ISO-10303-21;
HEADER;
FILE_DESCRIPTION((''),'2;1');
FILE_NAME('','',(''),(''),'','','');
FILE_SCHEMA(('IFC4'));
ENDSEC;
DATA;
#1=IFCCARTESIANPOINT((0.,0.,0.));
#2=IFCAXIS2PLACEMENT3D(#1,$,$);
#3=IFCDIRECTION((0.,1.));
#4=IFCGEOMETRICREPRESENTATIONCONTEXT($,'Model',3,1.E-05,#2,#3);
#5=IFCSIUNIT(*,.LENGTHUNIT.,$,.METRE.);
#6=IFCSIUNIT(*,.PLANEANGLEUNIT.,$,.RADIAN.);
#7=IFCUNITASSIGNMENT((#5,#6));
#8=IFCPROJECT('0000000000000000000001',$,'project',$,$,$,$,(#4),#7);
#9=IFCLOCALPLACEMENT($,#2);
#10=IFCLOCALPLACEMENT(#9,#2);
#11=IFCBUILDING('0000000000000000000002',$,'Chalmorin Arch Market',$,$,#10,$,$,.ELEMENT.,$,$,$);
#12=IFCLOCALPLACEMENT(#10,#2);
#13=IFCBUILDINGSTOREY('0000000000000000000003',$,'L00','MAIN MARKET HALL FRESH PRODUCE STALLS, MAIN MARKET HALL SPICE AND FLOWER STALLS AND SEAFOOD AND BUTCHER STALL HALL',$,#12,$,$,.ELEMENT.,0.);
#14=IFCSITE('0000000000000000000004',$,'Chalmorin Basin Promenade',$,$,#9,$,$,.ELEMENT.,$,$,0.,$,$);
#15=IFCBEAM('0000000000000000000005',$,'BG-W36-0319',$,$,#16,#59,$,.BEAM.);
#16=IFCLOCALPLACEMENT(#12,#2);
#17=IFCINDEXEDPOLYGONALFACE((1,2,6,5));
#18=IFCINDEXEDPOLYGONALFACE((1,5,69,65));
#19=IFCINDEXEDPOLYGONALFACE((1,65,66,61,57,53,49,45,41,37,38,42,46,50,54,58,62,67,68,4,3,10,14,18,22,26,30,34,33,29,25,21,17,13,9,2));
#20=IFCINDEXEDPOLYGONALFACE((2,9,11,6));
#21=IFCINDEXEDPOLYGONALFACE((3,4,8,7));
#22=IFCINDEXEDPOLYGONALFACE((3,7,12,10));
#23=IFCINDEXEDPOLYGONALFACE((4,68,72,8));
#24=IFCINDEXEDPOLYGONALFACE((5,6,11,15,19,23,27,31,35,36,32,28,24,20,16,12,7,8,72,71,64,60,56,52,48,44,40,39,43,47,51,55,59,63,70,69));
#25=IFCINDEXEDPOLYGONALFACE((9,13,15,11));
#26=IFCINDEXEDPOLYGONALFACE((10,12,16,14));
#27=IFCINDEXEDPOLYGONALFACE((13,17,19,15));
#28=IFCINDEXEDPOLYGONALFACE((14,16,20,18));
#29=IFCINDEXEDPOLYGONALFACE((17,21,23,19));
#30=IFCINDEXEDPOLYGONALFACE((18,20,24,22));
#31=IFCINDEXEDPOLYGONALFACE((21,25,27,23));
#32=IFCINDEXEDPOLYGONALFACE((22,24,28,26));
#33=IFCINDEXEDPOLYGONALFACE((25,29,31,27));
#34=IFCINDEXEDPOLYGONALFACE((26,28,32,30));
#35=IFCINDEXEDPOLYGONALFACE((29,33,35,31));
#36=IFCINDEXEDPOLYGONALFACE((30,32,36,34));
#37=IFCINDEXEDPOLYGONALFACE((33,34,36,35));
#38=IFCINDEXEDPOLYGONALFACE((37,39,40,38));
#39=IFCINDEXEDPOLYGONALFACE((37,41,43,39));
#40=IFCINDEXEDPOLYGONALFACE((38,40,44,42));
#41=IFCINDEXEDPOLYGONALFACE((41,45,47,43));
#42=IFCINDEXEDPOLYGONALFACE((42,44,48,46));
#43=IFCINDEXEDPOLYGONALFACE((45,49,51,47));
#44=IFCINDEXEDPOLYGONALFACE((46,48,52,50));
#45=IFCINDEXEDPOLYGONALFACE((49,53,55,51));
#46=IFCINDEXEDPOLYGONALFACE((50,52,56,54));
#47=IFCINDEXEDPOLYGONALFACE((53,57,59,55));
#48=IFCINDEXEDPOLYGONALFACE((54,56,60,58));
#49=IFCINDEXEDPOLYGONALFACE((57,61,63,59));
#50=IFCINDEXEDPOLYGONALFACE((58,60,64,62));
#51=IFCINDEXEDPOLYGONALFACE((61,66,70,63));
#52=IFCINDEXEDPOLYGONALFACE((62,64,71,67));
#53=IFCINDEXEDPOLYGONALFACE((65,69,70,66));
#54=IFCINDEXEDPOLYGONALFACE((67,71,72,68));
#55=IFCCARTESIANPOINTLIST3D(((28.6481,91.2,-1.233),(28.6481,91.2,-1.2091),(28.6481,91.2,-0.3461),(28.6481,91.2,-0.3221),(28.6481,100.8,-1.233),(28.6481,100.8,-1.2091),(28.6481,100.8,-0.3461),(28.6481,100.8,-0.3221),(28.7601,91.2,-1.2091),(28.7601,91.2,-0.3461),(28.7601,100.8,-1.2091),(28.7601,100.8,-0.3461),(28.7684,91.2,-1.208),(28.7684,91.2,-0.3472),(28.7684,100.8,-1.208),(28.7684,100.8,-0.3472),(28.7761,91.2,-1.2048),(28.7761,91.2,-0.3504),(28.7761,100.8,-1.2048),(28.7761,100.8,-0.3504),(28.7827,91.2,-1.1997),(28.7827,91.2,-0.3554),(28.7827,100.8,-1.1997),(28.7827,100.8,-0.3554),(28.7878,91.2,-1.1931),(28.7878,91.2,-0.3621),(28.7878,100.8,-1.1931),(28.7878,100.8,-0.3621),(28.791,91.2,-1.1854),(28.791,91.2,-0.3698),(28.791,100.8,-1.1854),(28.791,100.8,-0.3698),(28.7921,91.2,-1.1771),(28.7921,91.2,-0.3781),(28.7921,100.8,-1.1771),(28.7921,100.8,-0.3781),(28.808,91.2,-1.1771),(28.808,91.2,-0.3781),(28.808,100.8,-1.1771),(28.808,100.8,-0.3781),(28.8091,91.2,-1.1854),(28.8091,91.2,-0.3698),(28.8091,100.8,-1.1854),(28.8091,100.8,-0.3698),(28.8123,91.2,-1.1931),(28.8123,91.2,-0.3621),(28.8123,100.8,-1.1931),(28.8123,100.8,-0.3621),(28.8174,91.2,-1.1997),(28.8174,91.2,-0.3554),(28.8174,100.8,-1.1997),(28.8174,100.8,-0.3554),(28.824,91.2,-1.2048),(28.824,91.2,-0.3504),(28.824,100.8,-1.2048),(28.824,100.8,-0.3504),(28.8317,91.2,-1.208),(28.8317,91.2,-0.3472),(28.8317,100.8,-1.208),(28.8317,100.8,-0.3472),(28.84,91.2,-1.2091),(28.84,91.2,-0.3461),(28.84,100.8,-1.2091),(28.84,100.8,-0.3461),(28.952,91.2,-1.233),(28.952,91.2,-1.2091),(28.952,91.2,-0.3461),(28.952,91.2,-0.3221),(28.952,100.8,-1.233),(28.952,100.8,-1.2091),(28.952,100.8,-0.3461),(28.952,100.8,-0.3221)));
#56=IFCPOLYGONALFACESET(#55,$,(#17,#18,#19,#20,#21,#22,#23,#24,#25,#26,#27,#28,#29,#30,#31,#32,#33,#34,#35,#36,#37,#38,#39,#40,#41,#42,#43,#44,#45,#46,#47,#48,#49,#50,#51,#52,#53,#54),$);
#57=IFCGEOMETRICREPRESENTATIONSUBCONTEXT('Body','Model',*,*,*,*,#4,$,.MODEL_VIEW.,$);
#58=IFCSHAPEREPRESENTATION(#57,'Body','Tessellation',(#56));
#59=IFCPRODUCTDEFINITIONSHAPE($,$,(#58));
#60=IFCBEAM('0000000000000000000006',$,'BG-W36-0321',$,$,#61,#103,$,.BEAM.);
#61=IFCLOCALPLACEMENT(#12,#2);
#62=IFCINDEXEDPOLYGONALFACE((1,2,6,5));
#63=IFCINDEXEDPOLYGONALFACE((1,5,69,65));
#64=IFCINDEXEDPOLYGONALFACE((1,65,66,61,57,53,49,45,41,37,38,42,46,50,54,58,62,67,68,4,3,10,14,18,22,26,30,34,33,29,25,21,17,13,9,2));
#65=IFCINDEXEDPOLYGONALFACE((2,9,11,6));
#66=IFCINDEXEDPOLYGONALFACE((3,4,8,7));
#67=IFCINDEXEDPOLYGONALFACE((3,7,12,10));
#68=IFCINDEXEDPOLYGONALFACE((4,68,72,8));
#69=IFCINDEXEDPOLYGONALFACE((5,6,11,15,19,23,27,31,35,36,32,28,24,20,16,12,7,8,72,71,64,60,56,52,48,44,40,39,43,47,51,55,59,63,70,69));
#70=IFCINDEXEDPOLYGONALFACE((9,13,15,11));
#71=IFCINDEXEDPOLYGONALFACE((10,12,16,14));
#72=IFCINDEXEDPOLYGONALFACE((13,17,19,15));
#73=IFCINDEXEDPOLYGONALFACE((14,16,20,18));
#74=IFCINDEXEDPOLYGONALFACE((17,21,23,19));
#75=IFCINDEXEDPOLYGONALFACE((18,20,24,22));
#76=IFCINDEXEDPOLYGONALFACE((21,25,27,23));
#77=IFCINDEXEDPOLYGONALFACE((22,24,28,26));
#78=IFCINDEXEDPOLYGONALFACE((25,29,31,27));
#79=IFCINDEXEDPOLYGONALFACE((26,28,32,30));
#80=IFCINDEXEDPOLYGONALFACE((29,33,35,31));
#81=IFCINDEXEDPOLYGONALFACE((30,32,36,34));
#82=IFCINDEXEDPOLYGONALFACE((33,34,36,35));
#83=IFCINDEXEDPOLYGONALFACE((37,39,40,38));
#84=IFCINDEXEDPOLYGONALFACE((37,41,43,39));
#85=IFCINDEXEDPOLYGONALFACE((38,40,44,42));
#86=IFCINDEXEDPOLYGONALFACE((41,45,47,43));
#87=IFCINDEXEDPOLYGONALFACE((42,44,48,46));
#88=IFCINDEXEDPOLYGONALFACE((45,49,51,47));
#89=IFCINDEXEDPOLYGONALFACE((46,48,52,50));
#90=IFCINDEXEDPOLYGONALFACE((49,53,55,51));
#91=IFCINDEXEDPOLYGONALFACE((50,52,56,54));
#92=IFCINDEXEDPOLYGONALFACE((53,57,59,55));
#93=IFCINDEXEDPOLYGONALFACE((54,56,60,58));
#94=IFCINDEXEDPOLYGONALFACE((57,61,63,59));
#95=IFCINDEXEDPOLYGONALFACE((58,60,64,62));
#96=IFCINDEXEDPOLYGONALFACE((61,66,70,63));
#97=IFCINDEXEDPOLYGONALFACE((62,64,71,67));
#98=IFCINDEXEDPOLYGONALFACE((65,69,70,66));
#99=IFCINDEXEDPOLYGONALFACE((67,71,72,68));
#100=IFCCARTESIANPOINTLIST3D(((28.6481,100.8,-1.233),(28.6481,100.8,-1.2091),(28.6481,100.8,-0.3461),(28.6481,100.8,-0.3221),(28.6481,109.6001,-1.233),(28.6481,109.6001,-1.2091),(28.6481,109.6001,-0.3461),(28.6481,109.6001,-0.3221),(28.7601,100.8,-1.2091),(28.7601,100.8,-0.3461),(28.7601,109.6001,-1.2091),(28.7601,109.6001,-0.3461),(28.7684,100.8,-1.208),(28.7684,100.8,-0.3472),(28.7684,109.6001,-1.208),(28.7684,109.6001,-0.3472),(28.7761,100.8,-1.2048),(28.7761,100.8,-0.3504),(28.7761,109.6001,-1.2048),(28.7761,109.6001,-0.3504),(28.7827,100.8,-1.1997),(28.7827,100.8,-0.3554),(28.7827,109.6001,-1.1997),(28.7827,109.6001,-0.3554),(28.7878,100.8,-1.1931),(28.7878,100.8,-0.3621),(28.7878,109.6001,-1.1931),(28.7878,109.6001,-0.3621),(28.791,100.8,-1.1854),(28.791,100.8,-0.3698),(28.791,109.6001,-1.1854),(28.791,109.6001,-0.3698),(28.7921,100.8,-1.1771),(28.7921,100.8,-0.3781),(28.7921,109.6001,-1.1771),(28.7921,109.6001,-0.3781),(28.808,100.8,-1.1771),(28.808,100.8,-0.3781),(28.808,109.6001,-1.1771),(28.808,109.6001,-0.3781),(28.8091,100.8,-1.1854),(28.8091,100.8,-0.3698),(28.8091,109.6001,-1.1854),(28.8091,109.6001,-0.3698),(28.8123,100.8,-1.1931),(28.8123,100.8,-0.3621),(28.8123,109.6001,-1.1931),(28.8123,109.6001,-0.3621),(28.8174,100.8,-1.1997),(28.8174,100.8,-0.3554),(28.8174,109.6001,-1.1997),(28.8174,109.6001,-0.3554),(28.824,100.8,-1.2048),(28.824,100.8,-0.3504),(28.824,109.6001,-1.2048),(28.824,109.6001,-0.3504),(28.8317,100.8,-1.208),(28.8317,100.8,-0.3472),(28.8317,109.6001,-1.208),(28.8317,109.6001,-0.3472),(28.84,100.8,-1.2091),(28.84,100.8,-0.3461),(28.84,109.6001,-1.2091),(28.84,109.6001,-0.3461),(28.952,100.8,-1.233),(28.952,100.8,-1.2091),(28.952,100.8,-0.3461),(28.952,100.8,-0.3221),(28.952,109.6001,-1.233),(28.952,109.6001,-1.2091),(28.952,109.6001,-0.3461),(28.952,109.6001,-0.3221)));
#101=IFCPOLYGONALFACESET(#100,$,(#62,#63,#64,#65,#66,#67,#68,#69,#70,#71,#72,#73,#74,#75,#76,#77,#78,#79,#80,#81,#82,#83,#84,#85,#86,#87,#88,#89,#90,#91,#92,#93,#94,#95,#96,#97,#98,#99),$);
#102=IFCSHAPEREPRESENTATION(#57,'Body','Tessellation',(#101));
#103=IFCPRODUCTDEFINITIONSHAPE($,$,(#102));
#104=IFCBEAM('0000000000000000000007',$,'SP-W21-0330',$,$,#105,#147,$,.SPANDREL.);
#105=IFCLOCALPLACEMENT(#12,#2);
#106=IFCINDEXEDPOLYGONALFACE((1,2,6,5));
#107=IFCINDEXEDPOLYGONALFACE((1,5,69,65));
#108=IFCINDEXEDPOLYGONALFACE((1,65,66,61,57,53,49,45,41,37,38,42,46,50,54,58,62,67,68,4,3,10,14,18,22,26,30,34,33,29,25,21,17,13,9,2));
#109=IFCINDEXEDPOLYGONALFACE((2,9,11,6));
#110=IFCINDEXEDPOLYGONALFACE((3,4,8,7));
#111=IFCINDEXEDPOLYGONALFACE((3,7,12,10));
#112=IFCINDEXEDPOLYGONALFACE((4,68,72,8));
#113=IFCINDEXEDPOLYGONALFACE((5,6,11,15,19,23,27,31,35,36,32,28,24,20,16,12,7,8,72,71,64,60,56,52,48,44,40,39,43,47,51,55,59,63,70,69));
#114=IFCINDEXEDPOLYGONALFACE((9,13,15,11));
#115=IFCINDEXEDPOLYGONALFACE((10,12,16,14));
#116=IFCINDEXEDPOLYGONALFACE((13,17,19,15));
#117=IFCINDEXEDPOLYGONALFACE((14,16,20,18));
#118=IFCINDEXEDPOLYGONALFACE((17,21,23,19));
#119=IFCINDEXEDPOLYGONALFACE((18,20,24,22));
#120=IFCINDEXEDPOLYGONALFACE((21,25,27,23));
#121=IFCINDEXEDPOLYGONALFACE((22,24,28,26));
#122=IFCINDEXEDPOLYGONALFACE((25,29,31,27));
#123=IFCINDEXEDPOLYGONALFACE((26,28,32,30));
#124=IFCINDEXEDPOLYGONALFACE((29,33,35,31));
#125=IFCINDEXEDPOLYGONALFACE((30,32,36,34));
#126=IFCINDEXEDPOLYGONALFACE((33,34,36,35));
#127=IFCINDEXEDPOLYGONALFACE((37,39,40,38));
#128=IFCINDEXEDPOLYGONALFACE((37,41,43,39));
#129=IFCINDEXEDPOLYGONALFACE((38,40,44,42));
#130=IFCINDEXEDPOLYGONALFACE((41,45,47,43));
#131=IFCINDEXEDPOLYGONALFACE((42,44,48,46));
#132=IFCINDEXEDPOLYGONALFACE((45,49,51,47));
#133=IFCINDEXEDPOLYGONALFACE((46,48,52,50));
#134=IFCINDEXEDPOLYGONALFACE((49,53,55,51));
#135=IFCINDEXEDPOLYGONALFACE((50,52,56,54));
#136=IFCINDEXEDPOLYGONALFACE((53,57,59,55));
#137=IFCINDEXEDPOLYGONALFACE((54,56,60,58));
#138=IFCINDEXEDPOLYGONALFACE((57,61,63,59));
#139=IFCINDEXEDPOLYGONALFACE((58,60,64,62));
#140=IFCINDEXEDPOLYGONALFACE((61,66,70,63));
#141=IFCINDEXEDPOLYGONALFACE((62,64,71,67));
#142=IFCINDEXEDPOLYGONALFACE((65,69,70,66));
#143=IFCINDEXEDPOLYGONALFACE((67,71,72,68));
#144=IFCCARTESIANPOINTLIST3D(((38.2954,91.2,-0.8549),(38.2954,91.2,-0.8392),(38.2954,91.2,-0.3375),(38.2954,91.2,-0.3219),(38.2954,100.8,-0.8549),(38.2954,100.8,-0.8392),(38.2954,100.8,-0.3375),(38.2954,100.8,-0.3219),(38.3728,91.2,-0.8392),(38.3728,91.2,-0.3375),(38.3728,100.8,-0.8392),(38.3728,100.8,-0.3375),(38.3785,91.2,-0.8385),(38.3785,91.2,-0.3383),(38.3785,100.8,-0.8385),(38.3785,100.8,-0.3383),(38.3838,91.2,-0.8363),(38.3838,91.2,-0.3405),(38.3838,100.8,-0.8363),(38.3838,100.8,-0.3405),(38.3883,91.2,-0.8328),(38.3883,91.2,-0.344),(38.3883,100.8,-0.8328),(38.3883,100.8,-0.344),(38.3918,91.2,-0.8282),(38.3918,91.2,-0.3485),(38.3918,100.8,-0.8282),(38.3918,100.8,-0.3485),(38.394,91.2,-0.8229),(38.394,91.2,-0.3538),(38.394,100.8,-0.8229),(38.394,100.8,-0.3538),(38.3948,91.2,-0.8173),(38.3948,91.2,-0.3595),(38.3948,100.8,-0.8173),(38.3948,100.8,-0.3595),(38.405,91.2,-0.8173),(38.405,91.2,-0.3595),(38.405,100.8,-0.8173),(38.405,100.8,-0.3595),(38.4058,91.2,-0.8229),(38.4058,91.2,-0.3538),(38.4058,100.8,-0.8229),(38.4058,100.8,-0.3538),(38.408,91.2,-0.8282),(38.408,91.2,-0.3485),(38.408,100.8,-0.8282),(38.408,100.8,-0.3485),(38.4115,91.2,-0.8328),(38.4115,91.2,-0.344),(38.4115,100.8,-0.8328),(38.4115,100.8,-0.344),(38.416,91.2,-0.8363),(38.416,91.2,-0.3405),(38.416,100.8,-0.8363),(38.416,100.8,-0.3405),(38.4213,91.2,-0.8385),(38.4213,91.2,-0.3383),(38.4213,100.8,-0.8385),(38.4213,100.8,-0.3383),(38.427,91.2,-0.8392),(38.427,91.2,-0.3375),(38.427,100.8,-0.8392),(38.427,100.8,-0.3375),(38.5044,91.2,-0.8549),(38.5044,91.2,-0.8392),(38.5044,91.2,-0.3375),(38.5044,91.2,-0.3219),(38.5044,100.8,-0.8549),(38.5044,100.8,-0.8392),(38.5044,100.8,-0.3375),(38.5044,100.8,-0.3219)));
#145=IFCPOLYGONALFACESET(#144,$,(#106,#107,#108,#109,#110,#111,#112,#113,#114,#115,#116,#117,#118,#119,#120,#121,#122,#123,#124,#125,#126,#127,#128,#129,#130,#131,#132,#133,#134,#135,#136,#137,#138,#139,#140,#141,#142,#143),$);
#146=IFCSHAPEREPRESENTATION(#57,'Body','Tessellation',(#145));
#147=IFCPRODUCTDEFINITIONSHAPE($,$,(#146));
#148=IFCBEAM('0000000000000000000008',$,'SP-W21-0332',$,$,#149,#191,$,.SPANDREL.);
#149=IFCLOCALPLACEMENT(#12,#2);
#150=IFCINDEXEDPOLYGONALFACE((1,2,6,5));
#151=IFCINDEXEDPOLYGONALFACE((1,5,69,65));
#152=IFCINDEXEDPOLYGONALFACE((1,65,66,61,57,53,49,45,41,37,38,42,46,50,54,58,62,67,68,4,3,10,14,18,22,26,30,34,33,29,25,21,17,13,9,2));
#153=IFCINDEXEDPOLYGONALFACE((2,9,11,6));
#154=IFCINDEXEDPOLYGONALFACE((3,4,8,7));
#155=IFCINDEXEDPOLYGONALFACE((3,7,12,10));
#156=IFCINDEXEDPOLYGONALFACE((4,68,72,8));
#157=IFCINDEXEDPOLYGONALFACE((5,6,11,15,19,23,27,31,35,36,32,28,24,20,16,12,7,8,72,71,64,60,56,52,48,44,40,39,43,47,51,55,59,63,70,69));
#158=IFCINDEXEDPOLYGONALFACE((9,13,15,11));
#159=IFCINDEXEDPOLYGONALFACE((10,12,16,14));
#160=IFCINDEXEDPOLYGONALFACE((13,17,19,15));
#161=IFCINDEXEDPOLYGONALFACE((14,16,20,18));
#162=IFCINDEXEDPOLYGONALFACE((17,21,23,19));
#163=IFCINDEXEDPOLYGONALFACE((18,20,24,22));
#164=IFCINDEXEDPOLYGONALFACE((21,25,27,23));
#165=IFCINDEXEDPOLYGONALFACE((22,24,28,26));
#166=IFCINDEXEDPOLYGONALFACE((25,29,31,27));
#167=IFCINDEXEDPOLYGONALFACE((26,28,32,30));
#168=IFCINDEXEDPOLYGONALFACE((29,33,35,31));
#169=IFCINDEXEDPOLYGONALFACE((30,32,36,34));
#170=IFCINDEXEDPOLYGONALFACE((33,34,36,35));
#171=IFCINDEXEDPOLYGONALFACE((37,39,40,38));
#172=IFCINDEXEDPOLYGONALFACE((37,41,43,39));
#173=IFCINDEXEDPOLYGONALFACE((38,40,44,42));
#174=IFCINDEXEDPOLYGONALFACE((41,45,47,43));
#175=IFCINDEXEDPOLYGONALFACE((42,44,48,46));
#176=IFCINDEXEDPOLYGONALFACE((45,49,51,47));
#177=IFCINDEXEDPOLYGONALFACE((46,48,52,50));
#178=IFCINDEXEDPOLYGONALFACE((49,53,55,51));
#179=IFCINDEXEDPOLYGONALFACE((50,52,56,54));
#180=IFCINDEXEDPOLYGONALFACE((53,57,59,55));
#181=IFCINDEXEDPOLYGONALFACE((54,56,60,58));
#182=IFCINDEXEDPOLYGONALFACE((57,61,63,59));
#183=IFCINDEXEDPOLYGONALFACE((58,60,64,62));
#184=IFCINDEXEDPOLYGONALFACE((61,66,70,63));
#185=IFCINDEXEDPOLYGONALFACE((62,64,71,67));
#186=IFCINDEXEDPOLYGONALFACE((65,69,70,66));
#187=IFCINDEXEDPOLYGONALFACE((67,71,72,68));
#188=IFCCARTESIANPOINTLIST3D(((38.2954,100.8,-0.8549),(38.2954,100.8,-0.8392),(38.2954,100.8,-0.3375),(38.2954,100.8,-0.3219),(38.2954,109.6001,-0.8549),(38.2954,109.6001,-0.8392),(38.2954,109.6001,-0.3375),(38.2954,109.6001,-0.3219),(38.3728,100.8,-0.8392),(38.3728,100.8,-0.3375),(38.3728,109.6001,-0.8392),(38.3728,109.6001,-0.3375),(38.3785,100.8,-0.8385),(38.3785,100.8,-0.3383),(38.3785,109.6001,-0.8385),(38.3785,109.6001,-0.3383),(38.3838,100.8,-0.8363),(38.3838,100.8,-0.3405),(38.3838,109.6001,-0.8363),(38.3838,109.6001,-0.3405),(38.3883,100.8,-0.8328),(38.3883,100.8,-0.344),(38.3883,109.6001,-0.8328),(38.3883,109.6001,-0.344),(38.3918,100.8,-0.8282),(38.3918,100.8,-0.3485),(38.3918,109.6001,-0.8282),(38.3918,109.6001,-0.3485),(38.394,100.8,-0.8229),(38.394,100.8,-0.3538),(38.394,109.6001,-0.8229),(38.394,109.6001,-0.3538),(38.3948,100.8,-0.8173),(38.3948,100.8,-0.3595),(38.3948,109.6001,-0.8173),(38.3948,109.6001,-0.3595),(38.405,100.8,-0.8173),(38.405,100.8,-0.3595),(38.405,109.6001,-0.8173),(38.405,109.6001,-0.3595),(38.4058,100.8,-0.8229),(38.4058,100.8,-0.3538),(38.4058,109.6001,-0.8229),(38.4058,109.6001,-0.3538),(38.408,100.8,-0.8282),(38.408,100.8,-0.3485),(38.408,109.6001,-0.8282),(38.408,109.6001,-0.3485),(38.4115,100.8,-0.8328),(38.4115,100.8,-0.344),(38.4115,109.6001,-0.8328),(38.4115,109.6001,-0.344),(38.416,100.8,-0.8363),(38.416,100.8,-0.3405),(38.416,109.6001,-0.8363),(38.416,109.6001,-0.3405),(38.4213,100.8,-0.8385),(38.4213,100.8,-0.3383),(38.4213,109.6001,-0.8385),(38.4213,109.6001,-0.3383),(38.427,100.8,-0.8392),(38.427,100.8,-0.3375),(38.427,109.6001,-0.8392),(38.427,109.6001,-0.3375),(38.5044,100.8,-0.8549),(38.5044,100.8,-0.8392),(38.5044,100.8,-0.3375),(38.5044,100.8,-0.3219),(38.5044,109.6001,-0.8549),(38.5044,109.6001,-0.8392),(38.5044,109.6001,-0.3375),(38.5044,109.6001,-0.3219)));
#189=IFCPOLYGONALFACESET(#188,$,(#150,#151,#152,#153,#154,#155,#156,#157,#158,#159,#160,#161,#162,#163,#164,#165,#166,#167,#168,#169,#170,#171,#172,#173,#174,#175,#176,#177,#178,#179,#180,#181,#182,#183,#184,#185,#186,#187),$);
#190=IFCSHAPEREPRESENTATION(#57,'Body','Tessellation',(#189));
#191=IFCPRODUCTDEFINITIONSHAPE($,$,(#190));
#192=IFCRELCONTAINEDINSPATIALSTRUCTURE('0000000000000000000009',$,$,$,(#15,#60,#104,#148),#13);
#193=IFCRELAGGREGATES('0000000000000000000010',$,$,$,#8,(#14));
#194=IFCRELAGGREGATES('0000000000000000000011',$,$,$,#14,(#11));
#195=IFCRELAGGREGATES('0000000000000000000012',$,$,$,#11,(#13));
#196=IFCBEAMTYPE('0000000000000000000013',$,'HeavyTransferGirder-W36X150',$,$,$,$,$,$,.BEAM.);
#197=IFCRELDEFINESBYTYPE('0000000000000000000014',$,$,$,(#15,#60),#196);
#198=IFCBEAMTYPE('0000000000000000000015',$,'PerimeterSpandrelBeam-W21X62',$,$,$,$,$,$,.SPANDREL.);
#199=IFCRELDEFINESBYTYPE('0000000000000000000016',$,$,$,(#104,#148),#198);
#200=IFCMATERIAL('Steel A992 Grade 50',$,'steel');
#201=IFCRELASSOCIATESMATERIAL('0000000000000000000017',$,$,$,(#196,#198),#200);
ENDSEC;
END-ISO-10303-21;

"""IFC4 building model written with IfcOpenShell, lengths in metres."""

from ifc_helpers import new_model, si_unit, direction, frame, origin, origin_2d, place, context, subcontext, project, spatial, i_section, extrude, material, material_profile, profile_set, type_object, element, save


model = new_model("IFC4")

# Units and contexts
model_context = context("Model", 3, precision=1e-05, world=origin(), true_north=direction((0.0, 1.0)))
body_context = subcontext(model_context, "Body", "Model", "MODEL_VIEW")
ifc_project = project(units=[si_unit("LENGTHUNIT", "METRE"), si_unit("PLANEANGLEUNIT", "RADIAN")], contexts=[model_context])

# Site, building, storey
site_placement = place(None, origin())
site = spatial("IfcSite", under=ifc_project, at=site_placement, Name="Chalmorin Basin Promenade", CompositionType="ELEMENT", RefElevation=0.0)
building_placement = place(site_placement, origin())
building = spatial("IfcBuilding", under=site, at=building_placement, Name="Chalmorin Arch Market", CompositionType="ELEMENT")
storey_placement = place(building_placement, origin())
storey = spatial("IfcBuildingStorey", under=building, at=storey_placement, Name="L00", Description="MAIN MARKET HALL FRESH PRODUCE STALLS, MAIN MARKET HALL SPICE AND FLOWER STALLS AND SEAFOOD AND BUTCHER STALL HALL", CompositionType="ELEMENT", Elevation=0.0)

# Beams
ifc_material_1 = material(Name="Steel A992 Grade 50", Category="steel")
ifc_material_profile_1 = material_profile(ifc_material_1, i_section(OverallWidth=0.304, OverallDepth=0.9109, WebThickness=0.0159, FlangeThickness=0.0239, FilletRadius=0.032, at=origin_2d()), Name="W36X150")
ifc_profile_set_1 = profile_set([ifc_material_profile_1], Name="Steel A992 Grade 50")
beam_type_1 = type_object("IfcBeamType", Name="HeavyTransferGirder-W36X150", PredefinedType="BEAM", material=ifc_profile_set_1)
beam_1_placement = place(storey_placement, frame((28.8, 91.2, -0.7776), z_axis=(0.0, 1.0, 0.0), x_axis=(-1.0, 0.0, 0.0)))
element("IfcBeam", 1, at=beam_1_placement, inside=storey, type_object=beam_type_1, Name="BG-W36-0319", PredefinedType="BEAM", context=body_context, shape_type="SweptSolid", body=[
    extrude(i_section(OverallWidth=0.304, OverallDepth=0.9109, WebThickness=0.0159, FlangeThickness=0.0239, FilletRadius=0.032, at=origin_2d()), origin(), (0.0, 0.0, 1.0), 9.6001),
])
beam_2_placement = place(storey_placement, frame((28.8, 100.8, -0.7776), z_axis=(0.0, 1.0, 0.0), x_axis=(-1.0, 0.0, 0.0)))
element("IfcBeam", 2, at=beam_2_placement, inside=storey, type_object=beam_type_1, Name="BG-W36-0321", PredefinedType="BEAM", context=body_context, shape_type="SweptSolid", body=[
    extrude(i_section(OverallWidth=0.304, OverallDepth=0.9109, WebThickness=0.0159, FlangeThickness=0.0239, FilletRadius=0.032, at=origin_2d()), origin(), (0.0, 0.0, 1.0), 8.8),
])
ifc_material_profile_2 = material_profile(ifc_material_1, i_section(OverallWidth=0.209, OverallDepth=0.533, WebThickness=0.0103, FlangeThickness=0.0156, FilletRadius=0.022, at=origin_2d()), Name="W21X62")
ifc_profile_set_2 = profile_set([ifc_material_profile_2], Name="Steel A992 Grade 50")
beam_type_2 = type_object("IfcBeamType", Name="PerimeterSpandrelBeam-W21X62", PredefinedType="SPANDREL", material=ifc_profile_set_2)
beam_3_placement = place(storey_placement, frame((38.3999, 91.2, -0.5884), z_axis=(0.0, 1.0, 0.0), x_axis=(-1.0, 0.0, 0.0)))
element("IfcBeam", 3, at=beam_3_placement, inside=storey, type_object=beam_type_2, Name="SP-W21-0330", PredefinedType="SPANDREL", context=body_context, shape_type="SweptSolid", body=[
    extrude(i_section(OverallWidth=0.209, OverallDepth=0.533, WebThickness=0.0103, FlangeThickness=0.0156, FilletRadius=0.022, at=origin_2d()), origin(), (0.0, 0.0, 1.0), 9.6001),
])
beam_4_placement = place(storey_placement, frame((38.3999, 100.8, -0.5884), z_axis=(0.0, 1.0, 0.0), x_axis=(-1.0, 0.0, 0.0)))
element("IfcBeam", 4, at=beam_4_placement, inside=storey, type_object=beam_type_2, Name="SP-W21-0332", PredefinedType="SPANDREL", context=body_context, shape_type="SweptSolid", body=[
    extrude(i_section(OverallWidth=0.209, OverallDepth=0.533, WebThickness=0.0103, FlangeThickness=0.0156, FilletRadius=0.022, at=origin_2d()), origin(), (0.0, 0.0, 1.0), 8.8),
])

save(model, "model.ifc")
